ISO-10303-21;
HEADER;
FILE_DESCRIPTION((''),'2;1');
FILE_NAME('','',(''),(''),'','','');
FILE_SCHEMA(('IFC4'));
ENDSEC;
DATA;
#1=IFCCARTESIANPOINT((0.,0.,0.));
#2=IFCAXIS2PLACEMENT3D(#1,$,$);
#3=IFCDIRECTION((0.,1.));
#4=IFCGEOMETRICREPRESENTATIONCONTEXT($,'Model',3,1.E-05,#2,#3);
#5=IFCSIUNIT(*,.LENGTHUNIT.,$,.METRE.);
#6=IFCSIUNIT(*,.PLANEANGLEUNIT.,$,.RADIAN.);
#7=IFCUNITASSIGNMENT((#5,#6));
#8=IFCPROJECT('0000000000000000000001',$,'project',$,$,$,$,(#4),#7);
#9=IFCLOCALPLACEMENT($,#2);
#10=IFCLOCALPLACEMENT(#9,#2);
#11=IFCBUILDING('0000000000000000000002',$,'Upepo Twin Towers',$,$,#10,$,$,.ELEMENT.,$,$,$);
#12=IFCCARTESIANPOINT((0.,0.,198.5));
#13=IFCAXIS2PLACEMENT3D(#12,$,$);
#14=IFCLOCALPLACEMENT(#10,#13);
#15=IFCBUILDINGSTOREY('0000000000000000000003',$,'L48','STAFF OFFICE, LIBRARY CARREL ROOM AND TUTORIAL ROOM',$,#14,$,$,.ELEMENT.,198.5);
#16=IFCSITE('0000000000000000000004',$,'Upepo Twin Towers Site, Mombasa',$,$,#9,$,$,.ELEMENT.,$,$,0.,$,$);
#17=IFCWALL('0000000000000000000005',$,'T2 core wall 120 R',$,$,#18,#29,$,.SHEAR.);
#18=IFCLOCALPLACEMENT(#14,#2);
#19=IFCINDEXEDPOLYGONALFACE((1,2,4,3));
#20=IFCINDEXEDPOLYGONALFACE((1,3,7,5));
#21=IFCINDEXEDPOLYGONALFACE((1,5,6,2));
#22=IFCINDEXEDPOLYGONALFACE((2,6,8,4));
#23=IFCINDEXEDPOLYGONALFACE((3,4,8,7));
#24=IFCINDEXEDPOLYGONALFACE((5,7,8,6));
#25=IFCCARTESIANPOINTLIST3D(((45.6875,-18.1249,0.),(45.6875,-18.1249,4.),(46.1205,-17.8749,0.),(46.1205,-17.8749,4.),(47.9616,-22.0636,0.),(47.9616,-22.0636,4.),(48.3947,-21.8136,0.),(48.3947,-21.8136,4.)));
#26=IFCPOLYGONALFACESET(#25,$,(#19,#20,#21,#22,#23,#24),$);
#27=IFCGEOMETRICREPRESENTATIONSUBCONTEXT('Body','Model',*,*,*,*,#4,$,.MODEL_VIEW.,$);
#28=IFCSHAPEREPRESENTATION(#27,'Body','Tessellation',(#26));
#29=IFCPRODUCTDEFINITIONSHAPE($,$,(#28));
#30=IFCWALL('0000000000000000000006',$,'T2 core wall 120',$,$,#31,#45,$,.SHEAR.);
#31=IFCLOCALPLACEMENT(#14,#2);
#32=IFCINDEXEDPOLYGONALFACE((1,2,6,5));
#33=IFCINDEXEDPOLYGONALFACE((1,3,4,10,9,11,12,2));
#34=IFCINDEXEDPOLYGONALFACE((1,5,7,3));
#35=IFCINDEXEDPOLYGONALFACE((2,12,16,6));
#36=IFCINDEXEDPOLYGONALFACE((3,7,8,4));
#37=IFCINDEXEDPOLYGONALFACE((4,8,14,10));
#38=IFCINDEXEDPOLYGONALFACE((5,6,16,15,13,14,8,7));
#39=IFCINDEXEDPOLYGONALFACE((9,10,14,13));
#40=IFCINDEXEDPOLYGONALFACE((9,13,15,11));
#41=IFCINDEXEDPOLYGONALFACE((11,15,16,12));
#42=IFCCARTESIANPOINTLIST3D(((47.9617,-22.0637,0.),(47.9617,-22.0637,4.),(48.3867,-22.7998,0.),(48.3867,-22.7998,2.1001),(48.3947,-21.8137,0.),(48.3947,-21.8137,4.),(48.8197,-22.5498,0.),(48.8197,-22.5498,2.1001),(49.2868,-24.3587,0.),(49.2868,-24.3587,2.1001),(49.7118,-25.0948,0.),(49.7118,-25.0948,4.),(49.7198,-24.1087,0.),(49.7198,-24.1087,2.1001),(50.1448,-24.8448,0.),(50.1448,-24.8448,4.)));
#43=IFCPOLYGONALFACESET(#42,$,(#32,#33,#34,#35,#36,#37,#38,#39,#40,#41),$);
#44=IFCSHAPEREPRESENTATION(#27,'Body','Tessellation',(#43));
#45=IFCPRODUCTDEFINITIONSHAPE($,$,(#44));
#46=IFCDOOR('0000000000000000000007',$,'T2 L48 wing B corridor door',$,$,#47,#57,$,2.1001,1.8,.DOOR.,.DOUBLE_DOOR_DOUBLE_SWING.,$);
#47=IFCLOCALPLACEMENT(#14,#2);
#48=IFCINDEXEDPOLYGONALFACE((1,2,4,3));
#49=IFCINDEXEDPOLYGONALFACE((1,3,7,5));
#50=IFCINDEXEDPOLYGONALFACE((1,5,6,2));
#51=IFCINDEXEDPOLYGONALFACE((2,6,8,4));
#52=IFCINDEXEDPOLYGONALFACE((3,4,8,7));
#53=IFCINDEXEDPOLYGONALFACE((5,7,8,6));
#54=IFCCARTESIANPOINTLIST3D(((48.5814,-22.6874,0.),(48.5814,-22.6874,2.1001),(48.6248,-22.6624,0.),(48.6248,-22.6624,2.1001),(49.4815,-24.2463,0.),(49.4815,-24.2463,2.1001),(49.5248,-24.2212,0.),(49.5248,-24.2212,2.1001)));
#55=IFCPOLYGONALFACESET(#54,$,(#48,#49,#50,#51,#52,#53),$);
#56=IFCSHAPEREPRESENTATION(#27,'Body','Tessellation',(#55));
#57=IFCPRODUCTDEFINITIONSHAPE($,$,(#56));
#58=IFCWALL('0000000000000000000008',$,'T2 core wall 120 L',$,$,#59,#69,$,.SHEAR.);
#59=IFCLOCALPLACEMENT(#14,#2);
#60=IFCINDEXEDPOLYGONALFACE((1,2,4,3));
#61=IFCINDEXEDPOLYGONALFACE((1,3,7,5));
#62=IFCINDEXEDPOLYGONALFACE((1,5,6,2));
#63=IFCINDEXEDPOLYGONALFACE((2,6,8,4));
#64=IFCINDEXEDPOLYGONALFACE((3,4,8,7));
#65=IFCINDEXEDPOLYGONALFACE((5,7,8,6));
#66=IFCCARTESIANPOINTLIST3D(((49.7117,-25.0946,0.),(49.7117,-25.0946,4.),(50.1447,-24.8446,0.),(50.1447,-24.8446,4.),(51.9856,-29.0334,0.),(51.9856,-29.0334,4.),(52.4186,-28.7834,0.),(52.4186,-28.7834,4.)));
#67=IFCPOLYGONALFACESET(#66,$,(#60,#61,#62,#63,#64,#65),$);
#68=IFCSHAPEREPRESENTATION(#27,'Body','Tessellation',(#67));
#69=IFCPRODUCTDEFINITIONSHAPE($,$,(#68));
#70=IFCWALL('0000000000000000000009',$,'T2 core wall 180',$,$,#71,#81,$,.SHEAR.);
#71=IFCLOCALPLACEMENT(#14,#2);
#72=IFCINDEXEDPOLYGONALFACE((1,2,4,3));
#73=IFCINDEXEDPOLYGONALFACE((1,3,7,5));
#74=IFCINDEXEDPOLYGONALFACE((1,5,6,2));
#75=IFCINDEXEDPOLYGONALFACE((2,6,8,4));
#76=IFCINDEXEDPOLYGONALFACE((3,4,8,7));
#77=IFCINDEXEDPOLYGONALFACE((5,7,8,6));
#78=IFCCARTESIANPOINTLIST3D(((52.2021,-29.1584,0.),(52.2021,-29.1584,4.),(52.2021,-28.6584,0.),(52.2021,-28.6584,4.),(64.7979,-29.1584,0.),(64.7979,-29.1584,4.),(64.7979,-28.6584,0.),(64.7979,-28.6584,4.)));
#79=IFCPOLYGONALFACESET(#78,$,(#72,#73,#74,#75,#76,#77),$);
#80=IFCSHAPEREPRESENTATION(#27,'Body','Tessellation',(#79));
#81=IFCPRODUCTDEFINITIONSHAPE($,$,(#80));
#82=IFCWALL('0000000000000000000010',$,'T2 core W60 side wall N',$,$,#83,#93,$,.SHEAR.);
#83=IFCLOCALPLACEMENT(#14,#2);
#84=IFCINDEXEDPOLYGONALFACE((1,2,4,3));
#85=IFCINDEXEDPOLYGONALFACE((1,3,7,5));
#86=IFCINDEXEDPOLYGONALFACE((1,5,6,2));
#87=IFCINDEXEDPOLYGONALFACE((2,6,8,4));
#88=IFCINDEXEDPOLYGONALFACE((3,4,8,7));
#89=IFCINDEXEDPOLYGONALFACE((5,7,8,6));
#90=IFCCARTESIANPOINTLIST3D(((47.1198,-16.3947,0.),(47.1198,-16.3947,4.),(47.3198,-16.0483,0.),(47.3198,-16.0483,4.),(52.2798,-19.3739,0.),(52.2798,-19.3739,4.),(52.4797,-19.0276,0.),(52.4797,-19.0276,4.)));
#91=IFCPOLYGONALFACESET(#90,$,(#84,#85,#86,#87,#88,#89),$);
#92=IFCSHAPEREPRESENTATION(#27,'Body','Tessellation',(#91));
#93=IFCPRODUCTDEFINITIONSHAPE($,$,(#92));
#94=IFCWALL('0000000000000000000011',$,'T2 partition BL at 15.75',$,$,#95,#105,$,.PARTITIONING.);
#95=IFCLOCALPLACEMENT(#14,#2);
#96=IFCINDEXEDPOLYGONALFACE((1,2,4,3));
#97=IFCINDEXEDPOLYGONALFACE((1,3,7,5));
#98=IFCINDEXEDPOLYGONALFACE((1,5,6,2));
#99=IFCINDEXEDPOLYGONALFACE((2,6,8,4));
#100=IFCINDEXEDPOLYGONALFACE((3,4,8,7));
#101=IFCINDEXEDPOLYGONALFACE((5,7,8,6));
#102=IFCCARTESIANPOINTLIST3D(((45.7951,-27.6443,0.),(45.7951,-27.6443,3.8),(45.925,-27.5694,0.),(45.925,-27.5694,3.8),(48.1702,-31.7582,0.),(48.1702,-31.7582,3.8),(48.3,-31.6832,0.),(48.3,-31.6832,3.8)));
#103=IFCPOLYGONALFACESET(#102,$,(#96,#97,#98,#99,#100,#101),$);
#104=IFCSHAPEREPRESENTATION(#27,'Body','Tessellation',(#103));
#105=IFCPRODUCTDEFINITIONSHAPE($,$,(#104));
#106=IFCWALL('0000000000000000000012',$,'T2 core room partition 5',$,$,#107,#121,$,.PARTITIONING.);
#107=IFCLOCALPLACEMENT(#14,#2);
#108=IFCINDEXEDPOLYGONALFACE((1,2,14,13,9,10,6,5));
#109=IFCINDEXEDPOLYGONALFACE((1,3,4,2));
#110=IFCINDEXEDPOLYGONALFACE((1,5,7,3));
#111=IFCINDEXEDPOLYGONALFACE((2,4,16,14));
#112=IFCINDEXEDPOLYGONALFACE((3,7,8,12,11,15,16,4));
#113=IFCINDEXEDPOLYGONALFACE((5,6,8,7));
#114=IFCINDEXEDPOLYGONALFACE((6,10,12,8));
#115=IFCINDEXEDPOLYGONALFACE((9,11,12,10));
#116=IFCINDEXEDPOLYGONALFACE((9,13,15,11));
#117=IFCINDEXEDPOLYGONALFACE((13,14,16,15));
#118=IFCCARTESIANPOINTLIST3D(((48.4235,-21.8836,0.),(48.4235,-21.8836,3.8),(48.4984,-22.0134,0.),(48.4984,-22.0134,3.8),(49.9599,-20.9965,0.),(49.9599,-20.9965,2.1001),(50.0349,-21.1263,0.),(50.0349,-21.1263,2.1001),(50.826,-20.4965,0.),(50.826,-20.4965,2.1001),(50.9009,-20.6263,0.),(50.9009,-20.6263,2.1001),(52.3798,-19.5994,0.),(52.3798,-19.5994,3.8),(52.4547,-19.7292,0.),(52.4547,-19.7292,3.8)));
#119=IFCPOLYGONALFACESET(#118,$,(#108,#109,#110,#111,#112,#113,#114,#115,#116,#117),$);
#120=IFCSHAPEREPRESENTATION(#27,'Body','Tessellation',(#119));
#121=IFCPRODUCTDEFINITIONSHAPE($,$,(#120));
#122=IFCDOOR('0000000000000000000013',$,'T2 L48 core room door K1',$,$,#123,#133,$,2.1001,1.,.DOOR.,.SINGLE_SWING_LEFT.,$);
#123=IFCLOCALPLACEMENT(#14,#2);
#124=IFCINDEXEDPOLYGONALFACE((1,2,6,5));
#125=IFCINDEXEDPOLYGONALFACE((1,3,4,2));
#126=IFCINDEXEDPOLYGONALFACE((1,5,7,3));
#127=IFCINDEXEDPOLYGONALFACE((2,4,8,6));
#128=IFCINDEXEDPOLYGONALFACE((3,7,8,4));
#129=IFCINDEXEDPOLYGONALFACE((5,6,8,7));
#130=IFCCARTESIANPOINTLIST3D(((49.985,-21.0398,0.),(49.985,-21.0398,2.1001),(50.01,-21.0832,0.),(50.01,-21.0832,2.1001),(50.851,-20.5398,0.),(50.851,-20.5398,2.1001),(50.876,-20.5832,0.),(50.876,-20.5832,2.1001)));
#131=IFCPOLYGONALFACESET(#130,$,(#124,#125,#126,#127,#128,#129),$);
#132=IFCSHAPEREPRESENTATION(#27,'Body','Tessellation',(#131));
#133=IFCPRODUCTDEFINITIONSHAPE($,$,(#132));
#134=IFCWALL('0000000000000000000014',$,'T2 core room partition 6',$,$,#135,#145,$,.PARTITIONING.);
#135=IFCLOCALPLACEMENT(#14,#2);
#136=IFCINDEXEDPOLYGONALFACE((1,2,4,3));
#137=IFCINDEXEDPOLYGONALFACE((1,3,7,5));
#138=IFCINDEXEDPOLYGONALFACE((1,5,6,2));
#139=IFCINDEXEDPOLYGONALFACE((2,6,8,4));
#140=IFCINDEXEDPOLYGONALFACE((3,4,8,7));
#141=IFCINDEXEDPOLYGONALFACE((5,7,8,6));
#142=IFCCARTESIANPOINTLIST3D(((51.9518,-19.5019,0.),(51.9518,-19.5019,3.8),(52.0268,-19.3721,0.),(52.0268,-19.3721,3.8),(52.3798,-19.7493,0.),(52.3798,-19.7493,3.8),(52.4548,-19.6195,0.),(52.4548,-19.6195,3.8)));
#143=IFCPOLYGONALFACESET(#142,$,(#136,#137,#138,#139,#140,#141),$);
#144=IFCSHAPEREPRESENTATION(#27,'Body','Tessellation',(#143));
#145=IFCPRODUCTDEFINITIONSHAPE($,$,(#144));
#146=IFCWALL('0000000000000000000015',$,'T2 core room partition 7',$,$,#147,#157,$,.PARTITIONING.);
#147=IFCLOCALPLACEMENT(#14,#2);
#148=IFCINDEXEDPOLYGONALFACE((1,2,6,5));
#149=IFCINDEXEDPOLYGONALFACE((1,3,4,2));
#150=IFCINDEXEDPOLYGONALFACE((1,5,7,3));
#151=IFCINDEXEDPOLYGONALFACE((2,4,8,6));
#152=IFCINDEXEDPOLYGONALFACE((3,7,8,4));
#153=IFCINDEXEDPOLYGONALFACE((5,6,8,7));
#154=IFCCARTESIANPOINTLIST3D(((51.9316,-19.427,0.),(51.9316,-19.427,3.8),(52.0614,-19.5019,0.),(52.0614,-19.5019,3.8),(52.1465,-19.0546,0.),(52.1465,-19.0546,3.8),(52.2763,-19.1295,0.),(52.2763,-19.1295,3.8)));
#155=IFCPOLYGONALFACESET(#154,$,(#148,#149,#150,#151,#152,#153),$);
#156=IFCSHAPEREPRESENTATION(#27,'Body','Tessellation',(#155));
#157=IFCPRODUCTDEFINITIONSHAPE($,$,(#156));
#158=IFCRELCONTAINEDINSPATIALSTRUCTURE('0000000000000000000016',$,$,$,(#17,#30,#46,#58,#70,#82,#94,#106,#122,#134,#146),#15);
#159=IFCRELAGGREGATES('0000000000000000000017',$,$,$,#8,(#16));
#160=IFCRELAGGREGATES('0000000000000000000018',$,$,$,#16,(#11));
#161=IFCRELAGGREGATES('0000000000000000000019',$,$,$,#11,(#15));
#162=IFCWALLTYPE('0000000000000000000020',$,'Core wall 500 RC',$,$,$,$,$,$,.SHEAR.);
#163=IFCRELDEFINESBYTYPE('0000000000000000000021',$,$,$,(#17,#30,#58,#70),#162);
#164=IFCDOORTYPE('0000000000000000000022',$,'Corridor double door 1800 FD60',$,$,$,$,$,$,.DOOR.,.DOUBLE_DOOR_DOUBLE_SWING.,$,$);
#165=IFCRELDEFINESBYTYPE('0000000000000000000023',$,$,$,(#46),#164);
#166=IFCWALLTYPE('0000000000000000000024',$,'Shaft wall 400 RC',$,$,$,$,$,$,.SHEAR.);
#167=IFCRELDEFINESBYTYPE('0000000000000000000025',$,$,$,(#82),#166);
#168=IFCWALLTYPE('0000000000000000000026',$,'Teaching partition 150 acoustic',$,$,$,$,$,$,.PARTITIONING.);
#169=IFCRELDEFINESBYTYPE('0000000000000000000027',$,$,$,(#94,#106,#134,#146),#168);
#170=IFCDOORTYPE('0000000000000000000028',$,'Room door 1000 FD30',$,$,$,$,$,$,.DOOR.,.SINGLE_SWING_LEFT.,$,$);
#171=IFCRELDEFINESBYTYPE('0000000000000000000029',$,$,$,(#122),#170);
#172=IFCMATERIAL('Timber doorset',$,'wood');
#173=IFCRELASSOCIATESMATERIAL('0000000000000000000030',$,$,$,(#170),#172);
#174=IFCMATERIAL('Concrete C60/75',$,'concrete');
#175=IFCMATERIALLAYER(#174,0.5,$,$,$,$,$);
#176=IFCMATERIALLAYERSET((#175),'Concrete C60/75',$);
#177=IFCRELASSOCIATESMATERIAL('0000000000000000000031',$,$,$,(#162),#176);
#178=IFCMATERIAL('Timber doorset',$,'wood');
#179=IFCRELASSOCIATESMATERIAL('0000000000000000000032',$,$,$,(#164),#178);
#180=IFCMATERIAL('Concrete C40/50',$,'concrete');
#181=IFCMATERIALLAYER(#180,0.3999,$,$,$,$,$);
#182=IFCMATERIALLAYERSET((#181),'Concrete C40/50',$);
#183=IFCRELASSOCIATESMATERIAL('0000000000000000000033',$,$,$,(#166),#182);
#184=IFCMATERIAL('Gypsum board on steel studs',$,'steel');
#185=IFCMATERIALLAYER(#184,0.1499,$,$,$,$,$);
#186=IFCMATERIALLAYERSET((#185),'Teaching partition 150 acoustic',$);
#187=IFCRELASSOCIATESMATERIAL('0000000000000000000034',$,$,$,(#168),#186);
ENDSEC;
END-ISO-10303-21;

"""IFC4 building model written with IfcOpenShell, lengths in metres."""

from ifc_helpers import new_model, si_unit, direction, frame, frame_2d, origin, place, context, subcontext, project, spatial, rectangle, extrude, material, layer, layer_set, type_object, element, fill, save


model = new_model("IFC4")

# Units and contexts
model_context = context("Model", 3, precision=1e-05, world=origin(), true_north=direction((0.0, 1.0)))
body_context = subcontext(model_context, "Body", "Model", "MODEL_VIEW")
ifc_project = project(units=[si_unit("LENGTHUNIT", "METRE"), si_unit("PLANEANGLEUNIT", "RADIAN")], contexts=[model_context])

# Site, building, storey
site_placement = place(None, origin())
site = spatial("IfcSite", under=ifc_project, at=site_placement, Name="Upepo Twin Towers Site, Mombasa", CompositionType="ELEMENT", RefElevation=0.0)
building_placement = place(site_placement, origin())
building = spatial("IfcBuilding", under=site, at=building_placement, Name="Upepo Twin Towers", CompositionType="ELEMENT")
storey_placement = place(building_placement, frame((0.0, 0.0, 198.5)))
storey = spatial("IfcBuildingStorey", under=building, at=storey_placement, Name="L48", Description="STAFF OFFICE, LIBRARY CARREL ROOM AND TUTORIAL ROOM", CompositionType="ELEMENT", Elevation=198.5)

# Shared definitions
ifc_material_1 = material(Name="Timber doorset", Category="wood")
door_type_1 = type_object("IfcDoorType", Name="Room door 1000 FD30", OperationType="SINGLE_SWING_LEFT", PredefinedType="DOOR", material=ifc_material_1)

# Wall
ifc_material_2 = material(Name="Concrete C60/75", Category="concrete")
ifc_layer_1 = layer(ifc_material_2, 0.5)
ifc_layer_set_1 = layer_set([ifc_layer_1], Name="Concrete C60/75")
wall_type_1 = type_object("IfcWallType", Name="Core wall 500 RC", PredefinedType="SHEAR", material=ifc_layer_set_1)
wall_1_placement = place(storey_placement, frame((45.9041, -18.0, 0.0), z_axis=(0.0, 0.0, 1.0), x_axis=(0.500024, -0.866011, 0.0)))
element("IfcWall", 1, at=wall_1_placement, inside=storey, type_object=wall_type_1, Name="T2 core wall 120 R", PredefinedType="SHEAR", context=body_context, shape_type="SweptSolid", body=[
    extrude(rectangle(XDim=4.5481, YDim=0.5, at=frame_2d((2.2739, 0.0))), origin(), (0.0, 0.0, 1.0), 4.0),
])

# Wall, opening, door
wall_2_placement = place(storey_placement, frame((48.1782, -21.9387, 0.0), z_axis=(0.0, 0.0, 1.0), x_axis=(0.50001, -0.866019, 0.0)))
wall_2 = element("IfcWall", 2, at=wall_2_placement, inside=storey, type_object=wall_type_1, Name="T2 core wall 120", PredefinedType="SHEAR", context=body_context, shape_type="SweptSolid", body=[
    extrude(rectangle(XDim=3.5, YDim=0.5, at=frame_2d((1.75, 0.0))), origin(), (0.0, 0.0, 1.0), 4.0),
])
opening_1_placement = place(wall_2_placement, frame((0.8501, 0.0, 0.0)))
opening_1 = element("IfcOpeningElement", 3, at=opening_1_placement, cuts=wall_2, PredefinedType="OPENING", context=body_context, shape_type="SweptSolid", body=[
    extrude(rectangle(XDim=1.8, YDim=2.1001, at=frame_2d((0.8999, 1.05))), frame((0.0, 0.26, 0.0), z_axis=(0.0, -1.0, 0.0), x_axis=(1.0, 0.0, 0.0)), (0.0, 0.0, 1.0), 0.52),
])
ifc_material_3 = material(Name="Timber doorset", Category="wood")
door_type_2 = type_object("IfcDoorType", Name="Corridor double door 1800 FD60", OperationType="DOUBLE_DOOR_DOUBLE_SWING", PredefinedType="DOOR", material=ifc_material_3)
door_1_placement = place(opening_1_placement, origin())
door_1 = element("IfcDoor", 4, at=door_1_placement, inside=storey, type_object=door_type_2, Name="T2 L48 wing B corridor door", OperationType="DOUBLE_DOOR_DOUBLE_SWING", OverallHeight=2.1001, OverallWidth=1.8, PredefinedType="DOOR", context=body_context, shape_type="SweptSolid", body=[
    extrude(rectangle(XDim=1.8, YDim=2.1001, at=frame_2d((0.8999, 1.05))), frame((0.0, 0.0249, 0.0), z_axis=(0.0, -1.0, 0.0), x_axis=(1.0, 0.0, 0.0)), (0.0, 0.0, 1.0), 0.05),
])
fill(opening_1, door_1)

# Walls
wall_3_placement = place(storey_placement, frame((49.9282, -24.9697, 0.0), z_axis=(0.0, 0.0, 1.0), x_axis=(0.499984, -0.866035, 0.0)))
element("IfcWall", 5, at=wall_3_placement, inside=storey, type_object=wall_type_1, Name="T2 core wall 120 L", PredefinedType="SHEAR", context=body_context, shape_type="SweptSolid", body=[
    extrude(rectangle(XDim=4.5481, YDim=0.5, at=frame_2d((2.2739, 0.0))), origin(), (0.0, 0.0, 1.0), 4.0),
])
wall_4_placement = place(storey_placement, frame((52.2021, -28.9084, 0.0), z_axis=(0.0, 0.0, 1.0), x_axis=(1.0, 0.0, 0.0)))
element("IfcWall", 6, at=wall_4_placement, inside=storey, type_object=wall_type_1, Name="T2 core wall 180", PredefinedType="SHEAR", context=body_context, shape_type="SweptSolid", body=[
    extrude(rectangle(XDim=12.5957, YDim=0.5, at=frame_2d((6.2979, 0.0))), origin(), (0.0, 0.0, 1.0), 4.0),
])
ifc_material_4 = material(Name="Concrete C40/50", Category="concrete")
ifc_layer_2 = layer(ifc_material_4, 0.3999)
ifc_layer_set_2 = layer_set([ifc_layer_2], Name="Concrete C40/50")
wall_type_2 = type_object("IfcWallType", Name="Shaft wall 400 RC", PredefinedType="SHEAR", material=ifc_layer_set_2)
wall_5_placement = place(storey_placement, frame((52.3796, -19.2007, 0.0), z_axis=(0.0, 0.0, 1.0), x_axis=(-0.866013, 0.500022, 0.0)))
element("IfcWall", 7, at=wall_5_placement, inside=storey, type_object=wall_type_2, Name="T2 core W60 side wall N", PredefinedType="SHEAR", context=body_context, shape_type="SweptSolid", body=[
    extrude(rectangle(XDim=5.9583, YDim=0.3999, at=frame_2d((2.979, 0.0))), origin(), (0.0, 0.0, 1.0), 4.0),
])
ifc_material_5 = material(Name="Gypsum board on steel studs", Category="steel")
ifc_layer_3 = layer(ifc_material_5, 0.1499)
ifc_layer_set_3 = layer_set([ifc_layer_3], Name="Teaching partition 150 acoustic")
wall_type_3 = type_object("IfcWallType", Name="Teaching partition 150 acoustic", PredefinedType="PARTITIONING", material=ifc_layer_set_3)
wall_6_placement = place(storey_placement, frame((45.8601, -27.6069, 0.0), z_axis=(0.0, 0.0, 1.0), x_axis=(0.499986, -0.866033, 0.0)))
element("IfcWall", 8, at=wall_6_placement, inside=storey, type_object=wall_type_3, Name="T2 partition BL at 15.75", PredefinedType="PARTITIONING", context=body_context, shape_type="SweptSolid", body=[
    extrude(rectangle(XDim=4.7502, YDim=0.1499, at=frame_2d((2.375, 0.0))), origin(), (0.0, 0.0, 1.0), 3.8),
])

# Wall, opening, door
wall_7_placement = place(storey_placement, frame((48.4609, -21.9485, 0.0), z_axis=(0.0, 0.0, 1.0), x_axis=(0.866025, 0.500002, 0.0)))
wall_7 = element("IfcWall", 9, at=wall_7_placement, inside=storey, type_object=wall_type_3, Name="T2 core room partition 5", PredefinedType="PARTITIONING", context=body_context, shape_type="SweptSolid", body=[
    extrude(rectangle(XDim=4.5684, YDim=0.1499, at=frame_2d((2.2842, 0.0))), origin(), (0.0, 0.0, 1.0), 3.8),
])
opening_2_placement = place(wall_7_placement, frame((1.7742, 0.0, 0.0)))
opening_2 = element("IfcOpeningElement", 10, at=opening_2_placement, cuts=wall_7, PredefinedType="OPENING", context=body_context, shape_type="SweptSolid", body=[
    extrude(rectangle(XDim=1.0, YDim=2.1001, at=frame_2d((0.5, 1.05))), frame((0.0, 0.085, 0.0), z_axis=(0.0, -1.0, 0.0), x_axis=(1.0, 0.0, 0.0)), (0.0, 0.0, 1.0), 0.1699),
])
door_2_placement = place(opening_2_placement, origin())
door_2 = element("IfcDoor", 11, at=door_2_placement, inside=storey, type_object=door_type_1, Name="T2 L48 core room door K1", OperationType="SINGLE_SWING_LEFT", OverallHeight=2.1001, OverallWidth=1.0, PredefinedType="DOOR", context=body_context, shape_type="SweptSolid", body=[
    extrude(rectangle(XDim=1.0, YDim=2.1001, at=frame_2d((0.5, 1.05))), frame((0.0, 0.0249, 0.0), z_axis=(0.0, -1.0, 0.0), x_axis=(1.0, 0.0, 0.0)), (0.0, 0.0, 1.0), 0.05),
])
fill(opening_2, door_2)

# Walls
wall_8_placement = place(storey_placement, frame((52.4172, -19.6843, 0.0), z_axis=(0.0, 0.0, 1.0), x_axis=(-0.865832, 0.500335, 0.0)))
element("IfcWall", 12, at=wall_8_placement, inside=storey, type_object=wall_type_3, Name="T2 core room partition 6", PredefinedType="PARTITIONING", context=body_context, shape_type="SweptSolid", body=[
    extrude(rectangle(XDim=0.4944, YDim=0.1499, at=frame_2d((0.2471, 0.0))), origin(), (0.0, 0.0, 1.0), 3.8),
])
wall_9_placement = place(storey_placement, frame((51.9966, -19.4644, 0.0), z_axis=(0.0, 0.0, 1.0), x_axis=(0.499804, 0.866138, 0.0)))
element("IfcWall", 13, at=wall_9_placement, inside=storey, type_object=wall_type_3, Name="T2 core room partition 7", PredefinedType="PARTITIONING", context=body_context, shape_type="SweptSolid", body=[
    extrude(rectangle(XDim=0.4299, YDim=0.1499, at=frame_2d((0.2148, 0.0))), origin(), (0.0, 0.0, 1.0), 3.8),
])

save(model, "model.ifc")
